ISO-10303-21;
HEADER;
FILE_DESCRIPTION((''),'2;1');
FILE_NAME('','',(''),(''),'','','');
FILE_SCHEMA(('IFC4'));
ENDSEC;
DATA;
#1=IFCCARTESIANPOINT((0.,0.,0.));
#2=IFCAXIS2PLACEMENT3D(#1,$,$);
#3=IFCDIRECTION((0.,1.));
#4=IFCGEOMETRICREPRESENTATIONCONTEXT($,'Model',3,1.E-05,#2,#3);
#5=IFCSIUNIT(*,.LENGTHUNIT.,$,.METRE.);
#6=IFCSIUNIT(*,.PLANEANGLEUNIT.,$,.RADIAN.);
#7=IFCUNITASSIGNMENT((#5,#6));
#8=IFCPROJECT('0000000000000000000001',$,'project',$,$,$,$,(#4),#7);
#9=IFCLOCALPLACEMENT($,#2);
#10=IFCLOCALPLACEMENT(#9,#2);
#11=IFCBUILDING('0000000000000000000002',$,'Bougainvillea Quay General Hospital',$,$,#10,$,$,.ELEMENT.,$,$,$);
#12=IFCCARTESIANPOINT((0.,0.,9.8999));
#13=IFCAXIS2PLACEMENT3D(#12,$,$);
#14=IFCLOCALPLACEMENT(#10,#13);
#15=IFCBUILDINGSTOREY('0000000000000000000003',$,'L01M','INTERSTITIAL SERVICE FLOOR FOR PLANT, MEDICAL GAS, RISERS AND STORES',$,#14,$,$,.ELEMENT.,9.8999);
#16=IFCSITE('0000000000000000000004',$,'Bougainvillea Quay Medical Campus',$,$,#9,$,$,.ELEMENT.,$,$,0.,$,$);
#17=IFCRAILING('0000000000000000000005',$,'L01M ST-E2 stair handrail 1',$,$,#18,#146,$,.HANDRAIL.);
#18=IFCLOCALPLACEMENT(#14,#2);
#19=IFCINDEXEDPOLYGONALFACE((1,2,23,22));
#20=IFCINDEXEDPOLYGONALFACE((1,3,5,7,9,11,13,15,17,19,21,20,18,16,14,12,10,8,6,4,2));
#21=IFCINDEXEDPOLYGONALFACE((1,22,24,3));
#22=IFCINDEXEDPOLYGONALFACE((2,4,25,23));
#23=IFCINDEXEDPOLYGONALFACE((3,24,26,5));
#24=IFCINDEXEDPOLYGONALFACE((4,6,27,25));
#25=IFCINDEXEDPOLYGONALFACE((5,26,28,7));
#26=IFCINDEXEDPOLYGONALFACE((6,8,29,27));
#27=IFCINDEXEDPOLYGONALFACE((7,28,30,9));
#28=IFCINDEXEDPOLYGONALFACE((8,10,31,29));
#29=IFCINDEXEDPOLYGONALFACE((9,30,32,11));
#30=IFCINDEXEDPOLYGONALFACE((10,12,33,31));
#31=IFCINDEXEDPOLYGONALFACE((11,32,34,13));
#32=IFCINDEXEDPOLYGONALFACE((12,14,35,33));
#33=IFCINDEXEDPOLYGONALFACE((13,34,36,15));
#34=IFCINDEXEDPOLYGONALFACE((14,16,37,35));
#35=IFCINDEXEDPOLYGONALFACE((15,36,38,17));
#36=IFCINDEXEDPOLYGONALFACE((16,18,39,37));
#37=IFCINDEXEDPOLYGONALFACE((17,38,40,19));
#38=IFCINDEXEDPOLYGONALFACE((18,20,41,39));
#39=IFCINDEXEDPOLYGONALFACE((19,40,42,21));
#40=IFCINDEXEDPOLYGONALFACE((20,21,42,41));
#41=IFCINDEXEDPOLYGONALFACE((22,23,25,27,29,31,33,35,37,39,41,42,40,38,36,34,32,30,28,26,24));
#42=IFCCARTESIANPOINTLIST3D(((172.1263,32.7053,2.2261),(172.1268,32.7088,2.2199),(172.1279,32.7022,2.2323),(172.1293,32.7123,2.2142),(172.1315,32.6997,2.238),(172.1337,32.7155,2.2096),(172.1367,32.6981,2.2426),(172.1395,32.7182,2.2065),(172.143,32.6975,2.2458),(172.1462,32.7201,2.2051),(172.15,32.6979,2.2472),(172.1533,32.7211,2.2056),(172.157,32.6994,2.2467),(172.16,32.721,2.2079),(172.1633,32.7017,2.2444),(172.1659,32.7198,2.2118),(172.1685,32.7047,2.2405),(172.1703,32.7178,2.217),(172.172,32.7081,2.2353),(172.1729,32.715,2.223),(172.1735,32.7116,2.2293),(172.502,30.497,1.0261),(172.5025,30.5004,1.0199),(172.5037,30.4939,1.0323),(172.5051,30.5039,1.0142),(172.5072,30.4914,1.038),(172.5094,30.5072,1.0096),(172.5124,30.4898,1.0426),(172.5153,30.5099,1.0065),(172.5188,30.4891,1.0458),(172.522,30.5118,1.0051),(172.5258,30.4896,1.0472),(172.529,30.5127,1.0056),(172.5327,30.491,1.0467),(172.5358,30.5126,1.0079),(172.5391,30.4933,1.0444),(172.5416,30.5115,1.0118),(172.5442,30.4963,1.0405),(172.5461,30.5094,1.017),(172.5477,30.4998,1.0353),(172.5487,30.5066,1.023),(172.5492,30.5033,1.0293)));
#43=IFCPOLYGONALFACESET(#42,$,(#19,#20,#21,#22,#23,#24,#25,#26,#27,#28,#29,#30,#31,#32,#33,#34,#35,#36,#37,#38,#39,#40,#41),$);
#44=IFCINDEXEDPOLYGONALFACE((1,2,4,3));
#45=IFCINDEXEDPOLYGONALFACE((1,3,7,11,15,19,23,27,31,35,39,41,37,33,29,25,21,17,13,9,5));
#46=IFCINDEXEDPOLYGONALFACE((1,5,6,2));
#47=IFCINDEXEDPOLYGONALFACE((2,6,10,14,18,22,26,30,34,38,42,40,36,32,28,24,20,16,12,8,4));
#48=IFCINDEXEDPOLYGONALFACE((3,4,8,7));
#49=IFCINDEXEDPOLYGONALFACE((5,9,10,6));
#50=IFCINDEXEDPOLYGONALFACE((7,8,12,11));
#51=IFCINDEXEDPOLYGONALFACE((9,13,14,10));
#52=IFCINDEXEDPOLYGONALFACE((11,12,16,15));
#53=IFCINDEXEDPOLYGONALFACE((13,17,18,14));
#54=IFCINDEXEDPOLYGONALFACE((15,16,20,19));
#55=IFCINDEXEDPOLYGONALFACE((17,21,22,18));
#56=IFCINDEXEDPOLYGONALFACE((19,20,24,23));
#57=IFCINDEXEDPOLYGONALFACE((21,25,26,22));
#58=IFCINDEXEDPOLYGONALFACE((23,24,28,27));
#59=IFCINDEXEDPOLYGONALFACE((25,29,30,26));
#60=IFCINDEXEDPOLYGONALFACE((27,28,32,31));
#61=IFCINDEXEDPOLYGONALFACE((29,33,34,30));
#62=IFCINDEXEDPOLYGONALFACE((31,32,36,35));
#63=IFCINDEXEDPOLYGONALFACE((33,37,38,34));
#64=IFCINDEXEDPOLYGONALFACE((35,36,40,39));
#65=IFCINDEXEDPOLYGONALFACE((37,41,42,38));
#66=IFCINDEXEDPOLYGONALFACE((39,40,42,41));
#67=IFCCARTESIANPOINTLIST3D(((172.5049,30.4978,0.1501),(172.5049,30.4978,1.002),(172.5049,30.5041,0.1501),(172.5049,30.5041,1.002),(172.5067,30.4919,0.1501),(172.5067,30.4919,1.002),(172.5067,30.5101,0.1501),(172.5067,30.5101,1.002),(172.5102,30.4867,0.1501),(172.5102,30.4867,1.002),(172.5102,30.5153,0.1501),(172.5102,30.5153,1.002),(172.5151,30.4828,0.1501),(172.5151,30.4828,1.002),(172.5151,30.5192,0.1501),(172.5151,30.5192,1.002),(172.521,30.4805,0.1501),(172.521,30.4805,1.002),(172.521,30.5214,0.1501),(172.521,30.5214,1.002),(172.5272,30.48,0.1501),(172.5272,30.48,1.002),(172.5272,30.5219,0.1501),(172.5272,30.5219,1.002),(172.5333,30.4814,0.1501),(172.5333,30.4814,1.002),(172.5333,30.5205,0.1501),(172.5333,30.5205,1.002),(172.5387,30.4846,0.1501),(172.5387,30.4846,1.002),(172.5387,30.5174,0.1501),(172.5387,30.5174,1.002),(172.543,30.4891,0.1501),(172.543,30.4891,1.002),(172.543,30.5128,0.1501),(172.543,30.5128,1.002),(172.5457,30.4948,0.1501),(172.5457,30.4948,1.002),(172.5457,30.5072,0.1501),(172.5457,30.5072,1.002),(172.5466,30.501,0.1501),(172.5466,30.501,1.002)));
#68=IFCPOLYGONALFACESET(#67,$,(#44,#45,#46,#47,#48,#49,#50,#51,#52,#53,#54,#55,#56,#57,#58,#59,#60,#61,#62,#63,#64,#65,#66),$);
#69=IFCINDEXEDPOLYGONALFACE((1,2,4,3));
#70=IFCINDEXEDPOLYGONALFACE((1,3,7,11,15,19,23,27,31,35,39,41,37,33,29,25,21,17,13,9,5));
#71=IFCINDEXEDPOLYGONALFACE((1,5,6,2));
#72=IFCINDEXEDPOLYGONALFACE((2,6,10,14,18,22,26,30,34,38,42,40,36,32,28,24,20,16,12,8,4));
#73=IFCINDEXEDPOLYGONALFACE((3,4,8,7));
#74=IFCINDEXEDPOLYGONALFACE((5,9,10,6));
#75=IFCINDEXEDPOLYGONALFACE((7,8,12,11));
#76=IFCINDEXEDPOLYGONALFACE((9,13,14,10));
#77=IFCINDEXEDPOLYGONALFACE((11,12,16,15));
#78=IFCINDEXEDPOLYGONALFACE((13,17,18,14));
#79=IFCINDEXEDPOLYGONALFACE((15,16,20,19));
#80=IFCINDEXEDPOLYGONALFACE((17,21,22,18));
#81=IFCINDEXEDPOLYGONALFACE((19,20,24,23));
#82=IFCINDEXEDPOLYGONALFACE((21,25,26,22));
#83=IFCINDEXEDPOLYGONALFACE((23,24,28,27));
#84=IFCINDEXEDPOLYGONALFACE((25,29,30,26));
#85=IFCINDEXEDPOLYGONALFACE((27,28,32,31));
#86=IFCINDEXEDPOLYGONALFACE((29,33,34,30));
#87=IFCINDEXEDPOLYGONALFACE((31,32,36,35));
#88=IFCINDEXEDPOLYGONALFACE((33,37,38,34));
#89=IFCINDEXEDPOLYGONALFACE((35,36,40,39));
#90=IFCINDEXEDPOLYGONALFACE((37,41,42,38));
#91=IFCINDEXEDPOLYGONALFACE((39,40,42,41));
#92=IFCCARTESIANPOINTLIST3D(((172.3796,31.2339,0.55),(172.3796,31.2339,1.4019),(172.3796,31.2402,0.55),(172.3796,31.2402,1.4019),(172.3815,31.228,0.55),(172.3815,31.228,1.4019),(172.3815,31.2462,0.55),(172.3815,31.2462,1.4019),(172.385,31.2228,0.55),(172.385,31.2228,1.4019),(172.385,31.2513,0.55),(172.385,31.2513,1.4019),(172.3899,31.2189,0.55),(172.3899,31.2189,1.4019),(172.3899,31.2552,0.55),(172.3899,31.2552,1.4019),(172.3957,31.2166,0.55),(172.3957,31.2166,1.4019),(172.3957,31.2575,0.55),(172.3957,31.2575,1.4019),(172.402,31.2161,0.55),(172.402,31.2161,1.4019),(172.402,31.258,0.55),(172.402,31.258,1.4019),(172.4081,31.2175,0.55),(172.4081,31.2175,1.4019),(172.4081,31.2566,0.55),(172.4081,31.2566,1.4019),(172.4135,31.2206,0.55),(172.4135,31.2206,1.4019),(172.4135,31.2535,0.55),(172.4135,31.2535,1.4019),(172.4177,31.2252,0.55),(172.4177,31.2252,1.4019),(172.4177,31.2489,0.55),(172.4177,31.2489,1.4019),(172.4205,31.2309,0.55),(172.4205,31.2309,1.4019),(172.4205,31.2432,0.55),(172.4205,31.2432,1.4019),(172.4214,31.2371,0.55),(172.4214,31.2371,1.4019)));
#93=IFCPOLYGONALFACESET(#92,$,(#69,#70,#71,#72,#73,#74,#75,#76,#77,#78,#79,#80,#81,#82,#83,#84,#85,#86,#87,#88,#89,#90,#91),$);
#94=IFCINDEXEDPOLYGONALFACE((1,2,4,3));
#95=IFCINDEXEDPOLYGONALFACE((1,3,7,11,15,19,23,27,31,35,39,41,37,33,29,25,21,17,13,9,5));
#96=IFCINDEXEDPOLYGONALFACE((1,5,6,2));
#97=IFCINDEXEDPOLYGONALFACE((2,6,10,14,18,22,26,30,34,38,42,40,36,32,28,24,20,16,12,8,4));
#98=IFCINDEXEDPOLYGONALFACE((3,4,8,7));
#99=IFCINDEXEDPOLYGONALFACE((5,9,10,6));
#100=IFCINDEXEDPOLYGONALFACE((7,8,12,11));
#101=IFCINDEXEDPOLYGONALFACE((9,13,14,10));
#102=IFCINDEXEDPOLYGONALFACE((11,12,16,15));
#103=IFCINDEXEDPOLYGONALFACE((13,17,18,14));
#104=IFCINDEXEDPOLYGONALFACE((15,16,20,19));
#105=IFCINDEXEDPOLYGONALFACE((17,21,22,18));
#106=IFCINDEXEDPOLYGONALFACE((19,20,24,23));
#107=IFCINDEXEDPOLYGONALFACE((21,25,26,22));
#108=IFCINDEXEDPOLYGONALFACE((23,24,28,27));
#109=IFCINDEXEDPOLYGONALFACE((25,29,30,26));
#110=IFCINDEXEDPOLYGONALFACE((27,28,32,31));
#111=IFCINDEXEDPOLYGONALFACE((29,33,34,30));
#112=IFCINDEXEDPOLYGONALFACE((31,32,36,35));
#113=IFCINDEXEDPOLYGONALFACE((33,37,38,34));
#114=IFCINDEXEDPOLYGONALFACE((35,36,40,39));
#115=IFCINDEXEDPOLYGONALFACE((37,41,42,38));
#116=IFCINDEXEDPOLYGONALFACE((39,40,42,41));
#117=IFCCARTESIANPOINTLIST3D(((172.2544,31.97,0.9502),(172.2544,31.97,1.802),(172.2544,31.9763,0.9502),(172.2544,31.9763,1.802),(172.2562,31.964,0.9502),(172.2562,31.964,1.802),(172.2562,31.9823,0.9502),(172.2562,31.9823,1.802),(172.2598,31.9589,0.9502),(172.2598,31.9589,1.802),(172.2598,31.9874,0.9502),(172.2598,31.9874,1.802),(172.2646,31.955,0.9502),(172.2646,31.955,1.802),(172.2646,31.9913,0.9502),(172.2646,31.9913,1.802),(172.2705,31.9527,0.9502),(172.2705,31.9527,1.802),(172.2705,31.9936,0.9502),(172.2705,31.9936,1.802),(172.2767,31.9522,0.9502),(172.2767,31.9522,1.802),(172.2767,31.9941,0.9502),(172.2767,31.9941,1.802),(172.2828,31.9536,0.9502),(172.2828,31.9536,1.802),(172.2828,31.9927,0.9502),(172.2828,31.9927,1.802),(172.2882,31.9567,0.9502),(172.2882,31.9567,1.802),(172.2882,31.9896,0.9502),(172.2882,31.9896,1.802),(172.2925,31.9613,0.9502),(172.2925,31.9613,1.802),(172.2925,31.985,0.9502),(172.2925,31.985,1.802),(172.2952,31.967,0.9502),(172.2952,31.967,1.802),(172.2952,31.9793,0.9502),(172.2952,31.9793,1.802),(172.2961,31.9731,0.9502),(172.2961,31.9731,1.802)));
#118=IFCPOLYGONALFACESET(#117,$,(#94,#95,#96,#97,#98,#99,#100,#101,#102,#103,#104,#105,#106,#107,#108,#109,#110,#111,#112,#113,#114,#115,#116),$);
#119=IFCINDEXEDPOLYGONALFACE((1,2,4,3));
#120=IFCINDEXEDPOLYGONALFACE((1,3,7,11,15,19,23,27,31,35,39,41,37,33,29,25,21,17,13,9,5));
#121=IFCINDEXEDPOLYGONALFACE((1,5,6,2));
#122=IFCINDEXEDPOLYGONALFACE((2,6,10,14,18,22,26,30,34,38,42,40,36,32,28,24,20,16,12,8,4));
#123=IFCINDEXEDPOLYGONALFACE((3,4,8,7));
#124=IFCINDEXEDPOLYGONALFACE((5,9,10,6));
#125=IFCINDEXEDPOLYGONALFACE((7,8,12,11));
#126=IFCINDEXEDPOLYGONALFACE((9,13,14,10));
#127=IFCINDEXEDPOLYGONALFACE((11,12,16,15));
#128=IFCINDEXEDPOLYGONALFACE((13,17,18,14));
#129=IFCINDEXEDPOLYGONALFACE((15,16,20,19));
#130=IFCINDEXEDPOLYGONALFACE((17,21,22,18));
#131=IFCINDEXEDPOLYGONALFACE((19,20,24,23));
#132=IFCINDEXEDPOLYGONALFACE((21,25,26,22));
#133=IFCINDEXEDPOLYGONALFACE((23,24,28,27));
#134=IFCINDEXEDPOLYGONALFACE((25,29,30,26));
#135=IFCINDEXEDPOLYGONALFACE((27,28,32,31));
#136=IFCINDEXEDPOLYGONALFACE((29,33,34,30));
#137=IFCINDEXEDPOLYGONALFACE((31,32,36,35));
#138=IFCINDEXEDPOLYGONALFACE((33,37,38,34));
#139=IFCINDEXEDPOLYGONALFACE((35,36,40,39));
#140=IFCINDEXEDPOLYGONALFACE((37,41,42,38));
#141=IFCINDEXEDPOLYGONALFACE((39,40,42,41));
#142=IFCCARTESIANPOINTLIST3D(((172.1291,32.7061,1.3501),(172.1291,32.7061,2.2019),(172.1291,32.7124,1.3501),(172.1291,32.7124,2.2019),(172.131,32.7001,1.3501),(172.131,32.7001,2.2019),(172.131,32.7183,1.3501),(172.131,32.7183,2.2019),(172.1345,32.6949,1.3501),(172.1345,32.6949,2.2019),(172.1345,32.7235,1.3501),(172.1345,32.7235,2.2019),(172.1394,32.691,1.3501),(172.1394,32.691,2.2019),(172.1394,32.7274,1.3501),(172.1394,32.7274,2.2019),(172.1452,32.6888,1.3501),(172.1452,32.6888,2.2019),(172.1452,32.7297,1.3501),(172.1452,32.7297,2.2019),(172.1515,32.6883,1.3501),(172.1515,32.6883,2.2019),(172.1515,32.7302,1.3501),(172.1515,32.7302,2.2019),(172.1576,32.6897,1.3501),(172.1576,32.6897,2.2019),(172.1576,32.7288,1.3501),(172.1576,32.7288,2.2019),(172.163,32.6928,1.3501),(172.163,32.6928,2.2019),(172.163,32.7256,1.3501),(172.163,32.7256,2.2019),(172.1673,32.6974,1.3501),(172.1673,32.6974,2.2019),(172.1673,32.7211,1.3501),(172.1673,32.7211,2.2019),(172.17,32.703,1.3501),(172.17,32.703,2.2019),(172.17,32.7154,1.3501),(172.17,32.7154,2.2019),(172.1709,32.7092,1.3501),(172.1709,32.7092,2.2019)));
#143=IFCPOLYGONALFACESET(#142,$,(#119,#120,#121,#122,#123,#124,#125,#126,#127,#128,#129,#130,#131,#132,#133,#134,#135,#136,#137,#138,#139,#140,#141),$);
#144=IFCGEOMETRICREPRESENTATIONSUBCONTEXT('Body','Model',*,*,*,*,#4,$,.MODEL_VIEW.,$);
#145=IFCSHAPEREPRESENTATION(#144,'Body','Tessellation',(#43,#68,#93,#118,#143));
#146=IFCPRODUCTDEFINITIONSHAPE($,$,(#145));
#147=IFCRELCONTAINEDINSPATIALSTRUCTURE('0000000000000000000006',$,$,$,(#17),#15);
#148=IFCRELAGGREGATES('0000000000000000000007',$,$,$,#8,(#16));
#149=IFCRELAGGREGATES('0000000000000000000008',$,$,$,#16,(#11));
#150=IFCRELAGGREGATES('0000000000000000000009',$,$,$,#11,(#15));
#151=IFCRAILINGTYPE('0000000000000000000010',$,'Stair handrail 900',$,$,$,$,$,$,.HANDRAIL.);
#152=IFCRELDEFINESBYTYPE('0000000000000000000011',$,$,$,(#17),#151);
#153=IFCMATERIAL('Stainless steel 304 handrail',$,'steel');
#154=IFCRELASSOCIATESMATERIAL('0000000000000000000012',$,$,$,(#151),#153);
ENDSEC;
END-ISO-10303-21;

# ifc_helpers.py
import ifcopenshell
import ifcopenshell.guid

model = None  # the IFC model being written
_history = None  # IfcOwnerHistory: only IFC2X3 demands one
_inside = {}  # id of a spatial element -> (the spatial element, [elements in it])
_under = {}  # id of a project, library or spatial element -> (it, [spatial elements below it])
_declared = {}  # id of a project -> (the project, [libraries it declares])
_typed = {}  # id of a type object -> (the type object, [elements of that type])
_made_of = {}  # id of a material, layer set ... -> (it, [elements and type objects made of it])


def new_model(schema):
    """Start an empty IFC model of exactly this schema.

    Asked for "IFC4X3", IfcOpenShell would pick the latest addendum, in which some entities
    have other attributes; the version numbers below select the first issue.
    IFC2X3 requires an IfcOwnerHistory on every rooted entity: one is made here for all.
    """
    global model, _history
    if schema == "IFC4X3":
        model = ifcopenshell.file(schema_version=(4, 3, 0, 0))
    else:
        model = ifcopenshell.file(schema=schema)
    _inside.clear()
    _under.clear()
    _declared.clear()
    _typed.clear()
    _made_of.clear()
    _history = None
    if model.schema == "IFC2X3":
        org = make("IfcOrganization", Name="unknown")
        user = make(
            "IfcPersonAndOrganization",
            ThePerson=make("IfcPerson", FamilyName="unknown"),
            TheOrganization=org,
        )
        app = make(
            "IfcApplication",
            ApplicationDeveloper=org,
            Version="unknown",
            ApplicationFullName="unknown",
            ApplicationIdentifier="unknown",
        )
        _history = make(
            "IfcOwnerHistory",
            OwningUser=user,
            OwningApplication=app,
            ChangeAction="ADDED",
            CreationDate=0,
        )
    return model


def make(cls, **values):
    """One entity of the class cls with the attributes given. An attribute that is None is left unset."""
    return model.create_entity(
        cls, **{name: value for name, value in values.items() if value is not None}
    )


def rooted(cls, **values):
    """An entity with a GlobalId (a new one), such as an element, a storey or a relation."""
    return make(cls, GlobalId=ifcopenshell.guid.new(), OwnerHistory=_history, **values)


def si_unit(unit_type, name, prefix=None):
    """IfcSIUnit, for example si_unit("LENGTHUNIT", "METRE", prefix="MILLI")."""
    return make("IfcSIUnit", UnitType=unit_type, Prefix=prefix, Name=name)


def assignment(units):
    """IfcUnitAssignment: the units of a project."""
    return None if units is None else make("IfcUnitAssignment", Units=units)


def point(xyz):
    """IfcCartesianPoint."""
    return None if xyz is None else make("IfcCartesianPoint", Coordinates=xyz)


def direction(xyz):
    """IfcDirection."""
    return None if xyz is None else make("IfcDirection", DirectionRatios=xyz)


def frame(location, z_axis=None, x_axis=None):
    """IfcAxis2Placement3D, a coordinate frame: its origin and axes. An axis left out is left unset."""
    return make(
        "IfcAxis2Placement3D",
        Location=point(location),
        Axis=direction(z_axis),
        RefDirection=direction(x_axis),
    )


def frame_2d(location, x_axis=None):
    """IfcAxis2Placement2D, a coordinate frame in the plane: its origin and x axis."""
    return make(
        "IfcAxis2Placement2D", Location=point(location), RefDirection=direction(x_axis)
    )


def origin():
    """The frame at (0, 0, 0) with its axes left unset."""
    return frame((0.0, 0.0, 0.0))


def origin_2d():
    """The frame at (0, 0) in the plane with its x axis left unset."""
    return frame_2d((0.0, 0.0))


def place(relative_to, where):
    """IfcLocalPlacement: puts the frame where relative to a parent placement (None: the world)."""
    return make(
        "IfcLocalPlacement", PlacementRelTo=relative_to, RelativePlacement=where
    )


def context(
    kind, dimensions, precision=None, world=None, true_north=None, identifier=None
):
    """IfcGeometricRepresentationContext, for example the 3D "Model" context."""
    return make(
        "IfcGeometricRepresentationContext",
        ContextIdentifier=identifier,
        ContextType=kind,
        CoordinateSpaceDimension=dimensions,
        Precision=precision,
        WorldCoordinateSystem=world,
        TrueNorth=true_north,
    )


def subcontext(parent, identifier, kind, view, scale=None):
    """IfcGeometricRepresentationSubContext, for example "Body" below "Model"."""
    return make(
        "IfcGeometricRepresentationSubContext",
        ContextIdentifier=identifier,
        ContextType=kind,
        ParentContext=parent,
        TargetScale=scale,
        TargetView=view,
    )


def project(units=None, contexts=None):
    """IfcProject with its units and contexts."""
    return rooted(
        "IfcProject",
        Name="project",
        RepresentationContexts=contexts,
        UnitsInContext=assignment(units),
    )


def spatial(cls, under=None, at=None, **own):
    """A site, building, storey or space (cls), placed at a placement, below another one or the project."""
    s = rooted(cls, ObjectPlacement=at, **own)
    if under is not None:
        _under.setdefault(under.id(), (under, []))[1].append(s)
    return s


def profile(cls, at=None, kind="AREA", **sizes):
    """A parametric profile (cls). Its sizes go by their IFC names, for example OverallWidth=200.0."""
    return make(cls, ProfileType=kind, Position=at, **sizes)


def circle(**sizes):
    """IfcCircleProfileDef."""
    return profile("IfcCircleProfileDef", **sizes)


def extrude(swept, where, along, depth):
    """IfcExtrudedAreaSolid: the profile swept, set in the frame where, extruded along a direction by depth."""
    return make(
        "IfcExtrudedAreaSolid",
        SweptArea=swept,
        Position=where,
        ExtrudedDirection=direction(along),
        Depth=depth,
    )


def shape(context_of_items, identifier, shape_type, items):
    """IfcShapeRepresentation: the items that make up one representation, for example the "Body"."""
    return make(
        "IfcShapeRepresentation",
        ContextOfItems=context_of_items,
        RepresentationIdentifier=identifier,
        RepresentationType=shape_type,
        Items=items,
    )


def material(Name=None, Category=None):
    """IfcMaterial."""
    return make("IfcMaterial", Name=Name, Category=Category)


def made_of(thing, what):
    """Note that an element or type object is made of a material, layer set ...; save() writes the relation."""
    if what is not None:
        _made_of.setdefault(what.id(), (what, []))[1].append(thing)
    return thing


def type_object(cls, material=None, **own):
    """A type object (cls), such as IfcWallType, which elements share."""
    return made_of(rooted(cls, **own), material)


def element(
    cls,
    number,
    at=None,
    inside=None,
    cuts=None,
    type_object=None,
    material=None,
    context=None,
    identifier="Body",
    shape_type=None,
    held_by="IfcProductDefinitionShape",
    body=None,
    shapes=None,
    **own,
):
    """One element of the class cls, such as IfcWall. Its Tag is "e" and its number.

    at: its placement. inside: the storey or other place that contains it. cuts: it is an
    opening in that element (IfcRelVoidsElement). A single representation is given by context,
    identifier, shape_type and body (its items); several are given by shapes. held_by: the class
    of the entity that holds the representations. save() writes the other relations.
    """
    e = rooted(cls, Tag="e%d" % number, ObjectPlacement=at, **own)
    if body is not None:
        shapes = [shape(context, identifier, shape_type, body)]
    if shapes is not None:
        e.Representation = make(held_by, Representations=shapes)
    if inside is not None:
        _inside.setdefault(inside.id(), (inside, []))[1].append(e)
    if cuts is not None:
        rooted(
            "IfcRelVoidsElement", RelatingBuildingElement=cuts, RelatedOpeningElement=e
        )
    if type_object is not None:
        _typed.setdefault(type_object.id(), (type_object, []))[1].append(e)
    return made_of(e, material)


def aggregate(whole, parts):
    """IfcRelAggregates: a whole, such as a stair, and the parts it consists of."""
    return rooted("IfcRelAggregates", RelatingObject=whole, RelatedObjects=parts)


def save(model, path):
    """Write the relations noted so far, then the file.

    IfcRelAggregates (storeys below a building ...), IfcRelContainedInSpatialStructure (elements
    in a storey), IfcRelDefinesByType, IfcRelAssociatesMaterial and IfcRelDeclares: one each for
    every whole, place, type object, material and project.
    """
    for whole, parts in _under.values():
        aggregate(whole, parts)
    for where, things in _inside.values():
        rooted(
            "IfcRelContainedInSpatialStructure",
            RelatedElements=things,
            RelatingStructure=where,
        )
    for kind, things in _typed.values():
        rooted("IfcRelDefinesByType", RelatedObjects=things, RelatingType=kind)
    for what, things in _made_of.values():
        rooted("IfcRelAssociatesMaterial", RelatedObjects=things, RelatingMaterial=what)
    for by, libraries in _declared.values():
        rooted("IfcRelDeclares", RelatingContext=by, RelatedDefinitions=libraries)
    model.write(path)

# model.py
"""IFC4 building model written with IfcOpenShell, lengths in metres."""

from ifc_helpers import new_model, si_unit, direction, frame, origin, origin_2d, place, context, subcontext, project, spatial, circle, extrude, material, type_object, element, save


model = new_model("IFC4")

# Units and contexts
model_context = context("Model", 3, precision=1e-05, world=origin(), true_north=direction((0.0, 1.0)))
body_context = subcontext(model_context, "Body", "Model", "MODEL_VIEW")
ifc_project = project(units=[si_unit("LENGTHUNIT", "METRE"), si_unit("PLANEANGLEUNIT", "RADIAN")], contexts=[model_context])

# Site, building, storey
site_placement = place(None, origin())
site = spatial("IfcSite", under=ifc_project, at=site_placement, Name="Bougainvillea Quay Medical Campus", CompositionType="ELEMENT", RefElevation=0.0)
building_placement = place(site_placement, origin())
building = spatial("IfcBuilding", under=site, at=building_placement, Name="Bougainvillea Quay General Hospital", CompositionType="ELEMENT")
storey_placement = place(building_placement, frame((0.0, 0.0, 9.8999)))
storey = spatial("IfcBuildingStorey", under=building, at=storey_placement, Name="L01M", Description="INTERSTITIAL SERVICE FLOOR FOR PLANT, MEDICAL GAS, RISERS AND STORES", CompositionType="ELEMENT", Elevation=9.8999)

# Railing
ifc_material_1 = material(Name="Stainless steel 304 handrail", Category="steel")
railing_type_1 = type_object("IfcRailingType", Name="Stair handrail 900", PredefinedType="HANDRAIL", material=ifc_material_1)
railing_1_placement = place(storey_placement, frame((172.5256, 30.501, 0.1501)))
element("IfcRailing", 1, at=railing_1_placement, inside=storey, type_object=railing_type_1, Name="L01M ST-E2 stair handrail 1", PredefinedType="HANDRAIL", context=body_context, shape_type="SweptSolid", body=[
    extrude(circle(Radius=0.0239, at=origin_2d()), frame((0.0, 0.0, 0.876), z_axis=(-0.147859, 0.868998, 0.472208), x_axis=(-0.985832, -0.167738, 0.0)), (0.0, 0.0, 1.0), 2.5413),
    extrude(circle(Radius=0.021, at=origin_2d()), origin(), (0.0, 0.0, 1.0), 0.8518),
    extrude(circle(Radius=0.021, at=origin_2d()), frame((-0.1252, 0.7361, 0.3999)), (0.0, 0.0, 1.0), 0.8518),
    extrude(circle(Radius=0.021, at=origin_2d()), frame((-0.2505, 1.4722, 0.8)), (0.0, 0.0, 1.0), 0.8518),
    extrude(circle(Radius=0.021, at=origin_2d()), frame((-0.3757, 2.2083, 1.2)), (0.0, 0.0, 1.0), 0.8518),
])

save(model, "model.ifc")
